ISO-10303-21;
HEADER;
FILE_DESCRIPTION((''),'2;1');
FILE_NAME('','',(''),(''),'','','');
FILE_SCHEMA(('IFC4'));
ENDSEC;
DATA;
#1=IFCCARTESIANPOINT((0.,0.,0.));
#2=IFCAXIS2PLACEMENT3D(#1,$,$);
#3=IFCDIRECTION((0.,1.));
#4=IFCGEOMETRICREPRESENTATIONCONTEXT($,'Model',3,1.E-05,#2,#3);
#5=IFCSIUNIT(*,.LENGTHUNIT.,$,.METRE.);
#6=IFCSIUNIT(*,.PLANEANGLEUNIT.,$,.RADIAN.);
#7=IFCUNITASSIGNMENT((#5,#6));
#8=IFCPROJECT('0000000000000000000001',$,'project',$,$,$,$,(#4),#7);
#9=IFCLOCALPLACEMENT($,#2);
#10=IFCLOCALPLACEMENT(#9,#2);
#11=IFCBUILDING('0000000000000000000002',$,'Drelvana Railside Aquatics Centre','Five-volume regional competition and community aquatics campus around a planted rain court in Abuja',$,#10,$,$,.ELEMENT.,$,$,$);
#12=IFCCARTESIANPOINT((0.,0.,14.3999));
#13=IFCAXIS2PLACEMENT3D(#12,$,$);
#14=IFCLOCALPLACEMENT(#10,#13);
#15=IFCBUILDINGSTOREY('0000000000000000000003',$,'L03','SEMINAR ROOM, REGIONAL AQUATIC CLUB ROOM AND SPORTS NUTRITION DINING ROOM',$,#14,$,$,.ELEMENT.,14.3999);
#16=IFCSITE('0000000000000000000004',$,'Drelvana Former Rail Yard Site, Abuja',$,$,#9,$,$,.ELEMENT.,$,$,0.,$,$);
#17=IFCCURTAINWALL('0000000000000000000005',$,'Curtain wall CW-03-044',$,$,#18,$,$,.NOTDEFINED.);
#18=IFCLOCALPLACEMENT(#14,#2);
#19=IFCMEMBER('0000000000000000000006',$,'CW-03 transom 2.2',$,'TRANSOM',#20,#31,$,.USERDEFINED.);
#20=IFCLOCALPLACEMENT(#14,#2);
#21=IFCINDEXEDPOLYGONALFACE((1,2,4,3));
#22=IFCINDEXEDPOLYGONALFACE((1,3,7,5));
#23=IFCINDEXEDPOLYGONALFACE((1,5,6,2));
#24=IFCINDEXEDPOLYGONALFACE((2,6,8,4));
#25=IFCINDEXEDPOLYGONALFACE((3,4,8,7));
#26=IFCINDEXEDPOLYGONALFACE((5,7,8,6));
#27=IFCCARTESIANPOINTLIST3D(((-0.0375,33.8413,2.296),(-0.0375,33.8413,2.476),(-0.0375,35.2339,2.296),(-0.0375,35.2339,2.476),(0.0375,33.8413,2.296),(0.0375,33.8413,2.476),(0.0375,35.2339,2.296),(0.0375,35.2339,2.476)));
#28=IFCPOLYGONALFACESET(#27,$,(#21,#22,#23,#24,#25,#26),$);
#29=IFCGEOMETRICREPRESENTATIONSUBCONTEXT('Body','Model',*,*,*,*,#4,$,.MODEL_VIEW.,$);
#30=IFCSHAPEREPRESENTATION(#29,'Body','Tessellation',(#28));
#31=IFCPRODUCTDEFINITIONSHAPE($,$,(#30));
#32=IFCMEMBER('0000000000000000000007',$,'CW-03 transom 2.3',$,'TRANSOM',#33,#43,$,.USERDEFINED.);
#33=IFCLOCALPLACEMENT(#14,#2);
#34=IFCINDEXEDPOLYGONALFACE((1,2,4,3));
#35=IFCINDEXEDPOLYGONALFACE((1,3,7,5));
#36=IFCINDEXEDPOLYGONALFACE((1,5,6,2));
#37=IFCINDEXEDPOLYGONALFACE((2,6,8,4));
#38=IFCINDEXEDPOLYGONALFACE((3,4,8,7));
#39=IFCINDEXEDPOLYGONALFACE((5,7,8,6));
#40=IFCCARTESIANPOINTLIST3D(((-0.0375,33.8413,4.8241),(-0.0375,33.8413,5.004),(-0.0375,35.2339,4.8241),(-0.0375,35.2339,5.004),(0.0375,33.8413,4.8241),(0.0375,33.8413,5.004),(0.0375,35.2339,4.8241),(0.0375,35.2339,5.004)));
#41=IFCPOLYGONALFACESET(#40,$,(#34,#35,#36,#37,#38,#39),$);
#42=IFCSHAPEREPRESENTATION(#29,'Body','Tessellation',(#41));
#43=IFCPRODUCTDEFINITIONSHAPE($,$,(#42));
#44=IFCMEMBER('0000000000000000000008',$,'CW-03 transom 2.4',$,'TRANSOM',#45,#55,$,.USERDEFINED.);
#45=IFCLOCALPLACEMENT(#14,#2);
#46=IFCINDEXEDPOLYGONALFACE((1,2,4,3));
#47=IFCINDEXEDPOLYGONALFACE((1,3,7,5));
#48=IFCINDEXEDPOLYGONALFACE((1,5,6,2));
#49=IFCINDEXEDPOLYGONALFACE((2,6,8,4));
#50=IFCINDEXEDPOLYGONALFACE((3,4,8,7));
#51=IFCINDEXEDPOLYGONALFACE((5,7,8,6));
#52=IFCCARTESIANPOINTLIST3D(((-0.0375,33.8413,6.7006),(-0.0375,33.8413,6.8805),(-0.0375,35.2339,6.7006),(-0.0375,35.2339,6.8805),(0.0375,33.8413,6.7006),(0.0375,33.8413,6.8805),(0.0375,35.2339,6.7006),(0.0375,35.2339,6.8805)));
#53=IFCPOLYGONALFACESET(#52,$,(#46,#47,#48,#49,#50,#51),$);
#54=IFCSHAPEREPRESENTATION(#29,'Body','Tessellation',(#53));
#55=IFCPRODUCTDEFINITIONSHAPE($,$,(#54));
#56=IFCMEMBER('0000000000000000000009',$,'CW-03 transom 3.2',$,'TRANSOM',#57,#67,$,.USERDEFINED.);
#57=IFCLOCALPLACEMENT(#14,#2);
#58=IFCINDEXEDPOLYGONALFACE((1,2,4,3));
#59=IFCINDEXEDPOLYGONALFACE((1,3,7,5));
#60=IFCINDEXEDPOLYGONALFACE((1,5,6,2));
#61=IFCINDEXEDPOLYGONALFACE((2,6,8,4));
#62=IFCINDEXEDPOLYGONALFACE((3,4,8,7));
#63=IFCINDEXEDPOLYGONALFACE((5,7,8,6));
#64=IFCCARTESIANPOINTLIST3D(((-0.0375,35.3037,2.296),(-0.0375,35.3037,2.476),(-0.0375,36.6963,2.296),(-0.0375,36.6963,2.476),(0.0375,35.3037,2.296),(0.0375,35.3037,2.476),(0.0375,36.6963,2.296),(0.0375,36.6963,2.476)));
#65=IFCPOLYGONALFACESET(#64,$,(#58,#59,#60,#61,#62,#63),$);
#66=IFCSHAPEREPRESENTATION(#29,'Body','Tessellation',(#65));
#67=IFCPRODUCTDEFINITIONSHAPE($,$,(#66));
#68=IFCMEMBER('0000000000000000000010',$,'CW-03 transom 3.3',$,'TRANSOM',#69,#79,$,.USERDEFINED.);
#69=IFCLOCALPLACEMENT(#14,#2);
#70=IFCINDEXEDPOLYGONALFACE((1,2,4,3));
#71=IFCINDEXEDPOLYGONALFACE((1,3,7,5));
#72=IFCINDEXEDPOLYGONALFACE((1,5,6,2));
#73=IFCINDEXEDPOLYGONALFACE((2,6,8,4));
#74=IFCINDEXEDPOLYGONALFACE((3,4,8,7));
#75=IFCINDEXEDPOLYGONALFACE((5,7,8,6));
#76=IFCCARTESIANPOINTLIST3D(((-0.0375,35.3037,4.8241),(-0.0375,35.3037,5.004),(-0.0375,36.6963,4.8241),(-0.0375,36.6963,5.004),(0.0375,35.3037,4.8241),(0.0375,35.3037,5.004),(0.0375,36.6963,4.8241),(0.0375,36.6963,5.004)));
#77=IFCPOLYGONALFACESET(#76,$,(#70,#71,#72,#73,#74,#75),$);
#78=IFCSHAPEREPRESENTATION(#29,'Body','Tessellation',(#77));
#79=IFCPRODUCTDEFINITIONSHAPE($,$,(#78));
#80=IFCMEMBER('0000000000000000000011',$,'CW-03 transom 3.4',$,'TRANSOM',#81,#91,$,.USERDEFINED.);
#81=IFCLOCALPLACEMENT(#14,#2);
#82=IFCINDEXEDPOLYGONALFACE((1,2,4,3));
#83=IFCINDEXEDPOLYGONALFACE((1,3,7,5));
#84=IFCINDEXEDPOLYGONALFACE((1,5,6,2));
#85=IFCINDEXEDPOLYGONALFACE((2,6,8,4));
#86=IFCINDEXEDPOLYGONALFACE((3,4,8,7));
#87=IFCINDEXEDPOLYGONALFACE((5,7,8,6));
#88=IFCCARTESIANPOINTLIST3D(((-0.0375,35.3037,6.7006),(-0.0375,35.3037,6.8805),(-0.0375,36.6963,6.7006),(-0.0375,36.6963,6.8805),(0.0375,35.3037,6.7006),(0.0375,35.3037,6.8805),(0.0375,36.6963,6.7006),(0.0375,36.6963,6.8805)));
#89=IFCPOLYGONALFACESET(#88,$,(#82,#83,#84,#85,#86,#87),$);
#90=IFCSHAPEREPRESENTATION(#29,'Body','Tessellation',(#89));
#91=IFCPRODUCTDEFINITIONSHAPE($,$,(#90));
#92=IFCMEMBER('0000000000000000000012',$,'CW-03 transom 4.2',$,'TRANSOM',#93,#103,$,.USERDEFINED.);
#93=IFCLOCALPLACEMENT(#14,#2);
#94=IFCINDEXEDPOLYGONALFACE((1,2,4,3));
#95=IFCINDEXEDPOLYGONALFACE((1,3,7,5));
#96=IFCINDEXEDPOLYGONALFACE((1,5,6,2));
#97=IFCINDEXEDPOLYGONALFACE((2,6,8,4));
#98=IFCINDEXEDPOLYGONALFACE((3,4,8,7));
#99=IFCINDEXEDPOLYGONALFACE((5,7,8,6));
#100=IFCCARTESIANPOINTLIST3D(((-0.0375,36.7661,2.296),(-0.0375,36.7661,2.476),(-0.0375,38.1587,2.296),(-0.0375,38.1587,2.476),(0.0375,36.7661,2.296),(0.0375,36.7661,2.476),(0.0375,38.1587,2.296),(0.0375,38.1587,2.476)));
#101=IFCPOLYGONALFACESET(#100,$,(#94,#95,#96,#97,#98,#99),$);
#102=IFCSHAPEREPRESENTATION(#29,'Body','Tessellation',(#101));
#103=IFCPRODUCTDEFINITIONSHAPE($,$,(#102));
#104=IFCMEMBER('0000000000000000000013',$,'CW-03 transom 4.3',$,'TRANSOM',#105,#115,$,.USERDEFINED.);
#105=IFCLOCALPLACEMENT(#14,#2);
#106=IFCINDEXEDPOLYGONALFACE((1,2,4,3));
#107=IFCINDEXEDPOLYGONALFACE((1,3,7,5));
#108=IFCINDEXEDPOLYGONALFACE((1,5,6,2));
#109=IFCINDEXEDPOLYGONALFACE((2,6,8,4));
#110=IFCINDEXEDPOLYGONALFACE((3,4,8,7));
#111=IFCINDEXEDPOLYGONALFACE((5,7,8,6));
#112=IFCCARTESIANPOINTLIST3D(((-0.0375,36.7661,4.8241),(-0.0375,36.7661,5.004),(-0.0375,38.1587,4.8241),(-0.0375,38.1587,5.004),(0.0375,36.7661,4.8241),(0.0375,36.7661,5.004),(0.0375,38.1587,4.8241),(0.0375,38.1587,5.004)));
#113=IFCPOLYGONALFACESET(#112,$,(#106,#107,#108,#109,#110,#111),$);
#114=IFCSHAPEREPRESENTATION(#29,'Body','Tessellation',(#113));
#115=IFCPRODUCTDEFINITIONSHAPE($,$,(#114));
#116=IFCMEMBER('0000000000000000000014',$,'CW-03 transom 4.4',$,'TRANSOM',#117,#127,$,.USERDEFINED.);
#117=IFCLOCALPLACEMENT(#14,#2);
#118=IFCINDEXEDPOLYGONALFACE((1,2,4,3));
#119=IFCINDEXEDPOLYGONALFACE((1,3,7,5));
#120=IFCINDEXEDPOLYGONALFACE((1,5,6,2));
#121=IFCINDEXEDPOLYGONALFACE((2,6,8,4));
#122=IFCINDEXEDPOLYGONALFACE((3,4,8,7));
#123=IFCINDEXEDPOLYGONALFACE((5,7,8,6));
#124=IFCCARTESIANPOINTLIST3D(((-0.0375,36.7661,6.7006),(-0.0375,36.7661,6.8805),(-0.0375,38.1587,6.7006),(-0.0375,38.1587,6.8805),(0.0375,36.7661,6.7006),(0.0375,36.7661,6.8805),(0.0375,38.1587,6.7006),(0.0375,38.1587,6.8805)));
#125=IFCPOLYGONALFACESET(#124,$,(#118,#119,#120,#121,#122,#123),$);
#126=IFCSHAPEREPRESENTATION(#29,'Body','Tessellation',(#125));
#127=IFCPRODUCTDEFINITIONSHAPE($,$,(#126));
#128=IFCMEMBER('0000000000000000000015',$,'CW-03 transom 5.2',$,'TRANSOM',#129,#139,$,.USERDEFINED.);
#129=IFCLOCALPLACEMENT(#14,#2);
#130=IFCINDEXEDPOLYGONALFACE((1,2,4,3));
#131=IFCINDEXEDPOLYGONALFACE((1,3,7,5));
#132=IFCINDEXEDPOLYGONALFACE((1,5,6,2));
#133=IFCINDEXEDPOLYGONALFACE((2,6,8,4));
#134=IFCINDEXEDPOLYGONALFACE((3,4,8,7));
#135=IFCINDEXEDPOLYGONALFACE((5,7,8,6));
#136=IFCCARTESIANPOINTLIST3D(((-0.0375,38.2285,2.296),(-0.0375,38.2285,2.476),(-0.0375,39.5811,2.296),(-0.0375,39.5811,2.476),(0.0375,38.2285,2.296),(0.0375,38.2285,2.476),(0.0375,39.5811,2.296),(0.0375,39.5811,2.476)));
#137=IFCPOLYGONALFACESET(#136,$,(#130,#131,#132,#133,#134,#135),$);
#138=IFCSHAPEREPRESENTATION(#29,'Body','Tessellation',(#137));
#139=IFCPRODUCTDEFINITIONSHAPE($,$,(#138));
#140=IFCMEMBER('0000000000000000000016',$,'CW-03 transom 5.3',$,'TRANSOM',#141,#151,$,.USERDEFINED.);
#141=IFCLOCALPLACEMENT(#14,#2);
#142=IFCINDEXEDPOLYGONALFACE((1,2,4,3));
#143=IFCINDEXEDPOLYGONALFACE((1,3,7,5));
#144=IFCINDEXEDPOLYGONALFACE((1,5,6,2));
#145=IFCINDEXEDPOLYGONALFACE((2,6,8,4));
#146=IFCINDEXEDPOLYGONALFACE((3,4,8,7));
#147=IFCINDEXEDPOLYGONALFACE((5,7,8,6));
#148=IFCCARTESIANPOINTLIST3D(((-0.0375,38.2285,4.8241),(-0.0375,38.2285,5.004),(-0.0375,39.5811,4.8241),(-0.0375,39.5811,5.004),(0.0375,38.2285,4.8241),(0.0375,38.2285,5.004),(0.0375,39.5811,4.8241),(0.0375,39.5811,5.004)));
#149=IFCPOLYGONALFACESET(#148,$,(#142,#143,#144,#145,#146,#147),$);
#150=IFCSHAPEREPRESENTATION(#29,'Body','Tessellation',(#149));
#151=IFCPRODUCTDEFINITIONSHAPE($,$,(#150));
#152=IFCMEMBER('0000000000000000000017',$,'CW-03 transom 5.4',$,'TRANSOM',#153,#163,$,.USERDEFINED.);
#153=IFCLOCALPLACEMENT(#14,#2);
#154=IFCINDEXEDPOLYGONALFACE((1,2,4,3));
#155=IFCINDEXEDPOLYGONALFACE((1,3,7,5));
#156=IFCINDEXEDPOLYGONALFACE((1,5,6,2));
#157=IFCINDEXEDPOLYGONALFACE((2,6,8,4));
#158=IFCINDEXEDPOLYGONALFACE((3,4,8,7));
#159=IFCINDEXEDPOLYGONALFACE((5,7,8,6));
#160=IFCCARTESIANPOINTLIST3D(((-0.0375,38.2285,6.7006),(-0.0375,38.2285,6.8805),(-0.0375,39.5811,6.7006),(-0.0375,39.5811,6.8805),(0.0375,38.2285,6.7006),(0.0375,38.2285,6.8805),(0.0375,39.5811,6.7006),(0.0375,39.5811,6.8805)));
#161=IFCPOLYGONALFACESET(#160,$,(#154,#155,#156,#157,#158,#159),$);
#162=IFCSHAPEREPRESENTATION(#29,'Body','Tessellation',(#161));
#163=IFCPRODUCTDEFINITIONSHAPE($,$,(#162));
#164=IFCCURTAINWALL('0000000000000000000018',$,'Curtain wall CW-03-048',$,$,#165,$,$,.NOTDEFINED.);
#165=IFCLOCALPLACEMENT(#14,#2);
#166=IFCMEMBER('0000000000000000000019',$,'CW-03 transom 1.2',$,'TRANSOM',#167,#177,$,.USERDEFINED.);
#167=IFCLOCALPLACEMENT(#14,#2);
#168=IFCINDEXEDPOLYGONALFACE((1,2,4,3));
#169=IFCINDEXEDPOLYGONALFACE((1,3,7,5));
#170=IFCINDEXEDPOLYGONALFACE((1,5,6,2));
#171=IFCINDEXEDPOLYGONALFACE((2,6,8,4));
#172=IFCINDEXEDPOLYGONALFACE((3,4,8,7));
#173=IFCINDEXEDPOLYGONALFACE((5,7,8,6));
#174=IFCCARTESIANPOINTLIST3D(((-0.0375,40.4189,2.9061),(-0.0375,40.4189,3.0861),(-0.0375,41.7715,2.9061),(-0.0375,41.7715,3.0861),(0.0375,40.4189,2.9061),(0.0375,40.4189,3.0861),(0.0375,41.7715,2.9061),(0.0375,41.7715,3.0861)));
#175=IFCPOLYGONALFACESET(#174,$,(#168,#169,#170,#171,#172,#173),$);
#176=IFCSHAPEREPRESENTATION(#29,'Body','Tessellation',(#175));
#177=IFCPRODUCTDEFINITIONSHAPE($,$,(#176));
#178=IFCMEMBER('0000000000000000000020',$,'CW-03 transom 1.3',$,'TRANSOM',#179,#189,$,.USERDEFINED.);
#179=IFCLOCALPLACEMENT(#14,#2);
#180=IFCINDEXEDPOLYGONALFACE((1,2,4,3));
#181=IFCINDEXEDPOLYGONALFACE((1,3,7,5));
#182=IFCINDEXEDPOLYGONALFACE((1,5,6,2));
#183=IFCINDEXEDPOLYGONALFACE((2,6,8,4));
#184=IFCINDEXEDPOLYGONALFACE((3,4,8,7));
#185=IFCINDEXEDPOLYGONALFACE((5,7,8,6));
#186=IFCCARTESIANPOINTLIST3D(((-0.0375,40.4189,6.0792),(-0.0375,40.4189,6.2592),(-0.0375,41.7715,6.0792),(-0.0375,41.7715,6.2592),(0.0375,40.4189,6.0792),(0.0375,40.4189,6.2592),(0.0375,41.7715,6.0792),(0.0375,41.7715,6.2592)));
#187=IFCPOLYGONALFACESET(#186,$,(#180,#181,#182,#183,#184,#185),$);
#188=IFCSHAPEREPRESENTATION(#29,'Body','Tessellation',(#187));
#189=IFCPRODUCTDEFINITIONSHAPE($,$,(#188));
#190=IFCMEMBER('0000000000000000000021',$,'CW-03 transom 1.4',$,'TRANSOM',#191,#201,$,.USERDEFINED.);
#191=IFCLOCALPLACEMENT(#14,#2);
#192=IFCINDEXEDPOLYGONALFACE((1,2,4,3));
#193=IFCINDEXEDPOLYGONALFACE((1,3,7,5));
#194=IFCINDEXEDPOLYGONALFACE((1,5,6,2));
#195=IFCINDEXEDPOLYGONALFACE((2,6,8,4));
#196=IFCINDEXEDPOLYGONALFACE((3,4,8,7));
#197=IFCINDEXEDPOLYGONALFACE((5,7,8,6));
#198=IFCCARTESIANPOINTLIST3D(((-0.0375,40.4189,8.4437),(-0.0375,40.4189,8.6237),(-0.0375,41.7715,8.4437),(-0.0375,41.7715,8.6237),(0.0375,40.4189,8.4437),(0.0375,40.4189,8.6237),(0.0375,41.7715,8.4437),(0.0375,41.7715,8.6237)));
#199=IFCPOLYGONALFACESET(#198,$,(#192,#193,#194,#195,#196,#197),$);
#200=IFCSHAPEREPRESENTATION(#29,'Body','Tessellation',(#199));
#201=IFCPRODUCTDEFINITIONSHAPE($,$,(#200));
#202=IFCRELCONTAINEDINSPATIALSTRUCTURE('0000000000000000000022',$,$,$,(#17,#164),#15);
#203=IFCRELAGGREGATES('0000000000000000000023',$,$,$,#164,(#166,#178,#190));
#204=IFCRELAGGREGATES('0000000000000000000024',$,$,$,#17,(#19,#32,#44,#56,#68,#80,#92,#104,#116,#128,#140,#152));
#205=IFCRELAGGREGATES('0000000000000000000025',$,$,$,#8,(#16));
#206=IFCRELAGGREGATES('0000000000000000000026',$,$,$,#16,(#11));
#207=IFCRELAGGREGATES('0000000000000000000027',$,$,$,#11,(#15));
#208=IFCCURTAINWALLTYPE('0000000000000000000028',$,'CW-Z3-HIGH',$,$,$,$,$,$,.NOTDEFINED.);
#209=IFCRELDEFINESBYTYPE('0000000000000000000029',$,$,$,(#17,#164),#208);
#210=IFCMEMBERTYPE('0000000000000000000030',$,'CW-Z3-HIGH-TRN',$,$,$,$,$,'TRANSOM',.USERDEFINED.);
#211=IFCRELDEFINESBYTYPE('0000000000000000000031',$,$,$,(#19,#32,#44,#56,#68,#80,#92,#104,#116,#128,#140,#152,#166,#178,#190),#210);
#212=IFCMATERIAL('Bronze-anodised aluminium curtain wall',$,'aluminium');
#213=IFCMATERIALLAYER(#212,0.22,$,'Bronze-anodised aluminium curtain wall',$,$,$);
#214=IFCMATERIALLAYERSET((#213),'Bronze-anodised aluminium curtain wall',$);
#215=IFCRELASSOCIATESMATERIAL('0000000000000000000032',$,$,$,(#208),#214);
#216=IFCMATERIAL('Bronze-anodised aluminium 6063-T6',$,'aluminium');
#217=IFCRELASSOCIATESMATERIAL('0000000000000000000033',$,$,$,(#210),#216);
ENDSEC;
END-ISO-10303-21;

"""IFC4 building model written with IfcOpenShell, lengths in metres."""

from ifc_helpers import new_model, si_unit, direction, frame, origin, origin_2d, place, context, subcontext, project, spatial, rectangle, extrude, material, layer, layer_set, material_profile, profile_set, type_object, element, aggregate, save


model = new_model("IFC4")

# Units and contexts
model_context = context("Model", 3, precision=1e-05, world=origin(), true_north=direction((0.0, 1.0)))
body_context = subcontext(model_context, "Body", "Model", "MODEL_VIEW")
ifc_project = project(units=[si_unit("LENGTHUNIT", "METRE"), si_unit("PLANEANGLEUNIT", "RADIAN")], contexts=[model_context])

# Site, building, storey
site_placement = place(None, origin())
site = spatial("IfcSite", under=ifc_project, at=site_placement, Name="Drelvana Former Rail Yard Site, Abuja", CompositionType="ELEMENT", RefElevation=0.0)
building_placement = place(site_placement, origin())
building = spatial("IfcBuilding", under=site, at=building_placement, Name="Drelvana Railside Aquatics Centre", Description="Five-volume regional competition and community aquatics campus around a planted rain court in Abuja", CompositionType="ELEMENT")
storey_placement = place(building_placement, frame((0.0, 0.0, 14.3999)))
storey = spatial("IfcBuildingStorey", under=building, at=storey_placement, Name="L03", Description="SEMINAR ROOM, REGIONAL AQUATIC CLUB ROOM AND SPORTS NUTRITION DINING ROOM", CompositionType="ELEMENT", Elevation=14.3999)

# Curtain walls, members
ifc_material_1 = material(Name="Bronze-anodised aluminium curtain wall", Category="aluminium")
ifc_layer_1 = layer(ifc_material_1, 0.22, Name="Bronze-anodised aluminium curtain wall")
ifc_layer_set_1 = layer_set([ifc_layer_1], Name="Bronze-anodised aluminium curtain wall")
curtain_wall_type = type_object("IfcCurtainWallType", Name="CW-Z3-HIGH", PredefinedType="NOTDEFINED", material=ifc_layer_set_1)
curtain_wall_1_placement = place(storey_placement, origin())
curtain_wall_1 = element("IfcCurtainWall", 1, at=curtain_wall_1_placement, inside=storey, type_object=curtain_wall_type, Name="Curtain wall CW-03-044", PredefinedType="NOTDEFINED")
ifc_material_2 = material(Name="Bronze-anodised aluminium 6063-T6", Category="aluminium")
ifc_material_profile = material_profile(ifc_material_2, rectangle(XDim=0.1799, YDim=0.075, at=origin_2d()), Name="ALU-T 75x180")
ifc_profile_set = profile_set([ifc_material_profile], Name="Bronze-anodised aluminium 6063-T6")
member_type = type_object("IfcMemberType", Name="CW-Z3-HIGH-TRN", ElementType="TRANSOM", PredefinedType="USERDEFINED", material=ifc_profile_set)
member_1_placement = place(storey_placement, frame((0.0, 33.8413, 2.386), z_axis=(0.0, 1.0, 0.0), x_axis=(0.0, 0.0, 1.0)))
member_1 = element("IfcMember", 2, at=member_1_placement, type_object=member_type, Name="CW-03 transom 2.2", ObjectType="TRANSOM", PredefinedType="USERDEFINED", context=body_context, shape_type="SweptSolid", body=[
    extrude(rectangle(XDim=0.1799, YDim=0.075, at=origin_2d()), origin(), (0.0, 0.0, 1.0), 1.3926),
])
member_2_placement = place(storey_placement, frame((0.0, 33.8413, 4.9141), z_axis=(0.0, 1.0, 0.0), x_axis=(0.0, 0.0, 1.0)))
member_2 = element("IfcMember", 3, at=member_2_placement, type_object=member_type, Name="CW-03 transom 2.3", ObjectType="TRANSOM", PredefinedType="USERDEFINED", context=body_context, shape_type="SweptSolid", body=[
    extrude(rectangle(XDim=0.1799, YDim=0.075, at=origin_2d()), origin(), (0.0, 0.0, 1.0), 1.3926),
])
member_3_placement = place(storey_placement, frame((0.0, 33.8413, 6.7905), z_axis=(0.0, 1.0, 0.0), x_axis=(0.0, 0.0, 1.0)))
member_3 = element("IfcMember", 4, at=member_3_placement, type_object=member_type, Name="CW-03 transom 2.4", ObjectType="TRANSOM", PredefinedType="USERDEFINED", context=body_context, shape_type="SweptSolid", body=[
    extrude(rectangle(XDim=0.1799, YDim=0.075, at=origin_2d()), origin(), (0.0, 0.0, 1.0), 1.3926),
])
member_4_placement = place(storey_placement, frame((0.0, 35.3037, 2.386), z_axis=(0.0, 1.0, 0.0), x_axis=(0.0, 0.0, 1.0)))
member_4 = element("IfcMember", 5, at=member_4_placement, type_object=member_type, Name="CW-03 transom 3.2", ObjectType="TRANSOM", PredefinedType="USERDEFINED", context=body_context, shape_type="SweptSolid", body=[
    extrude(rectangle(XDim=0.1799, YDim=0.075, at=origin_2d()), origin(), (0.0, 0.0, 1.0), 1.3926),
])
member_5_placement = place(storey_placement, frame((0.0, 35.3037, 4.9141), z_axis=(0.0, 1.0, 0.0), x_axis=(0.0, 0.0, 1.0)))
member_5 = element("IfcMember", 6, at=member_5_placement, type_object=member_type, Name="CW-03 transom 3.3", ObjectType="TRANSOM", PredefinedType="USERDEFINED", context=body_context, shape_type="SweptSolid", body=[
    extrude(rectangle(XDim=0.1799, YDim=0.075, at=origin_2d()), origin(), (0.0, 0.0, 1.0), 1.3926),
])
member_6_placement = place(storey_placement, frame((0.0, 35.3037, 6.7905), z_axis=(0.0, 1.0, 0.0), x_axis=(0.0, 0.0, 1.0)))
member_6 = element("IfcMember", 7, at=member_6_placement, type_object=member_type, Name="CW-03 transom 3.4", ObjectType="TRANSOM", PredefinedType="USERDEFINED", context=body_context, shape_type="SweptSolid", body=[
    extrude(rectangle(XDim=0.1799, YDim=0.075, at=origin_2d()), origin(), (0.0, 0.0, 1.0), 1.3926),
])
member_7_placement = place(storey_placement, frame((0.0, 36.7661, 2.386), z_axis=(0.0, 1.0, 0.0), x_axis=(0.0, 0.0, 1.0)))
member_7 = element("IfcMember", 8, at=member_7_placement, type_object=member_type, Name="CW-03 transom 4.2", ObjectType="TRANSOM", PredefinedType="USERDEFINED", context=body_context, shape_type="SweptSolid", body=[
    extrude(rectangle(XDim=0.1799, YDim=0.075, at=origin_2d()), origin(), (0.0, 0.0, 1.0), 1.3926),
])
member_8_placement = place(storey_placement, frame((0.0, 36.7661, 4.9141), z_axis=(0.0, 1.0, 0.0), x_axis=(0.0, 0.0, 1.0)))
member_8 = element("IfcMember", 9, at=member_8_placement, type_object=member_type, Name="CW-03 transom 4.3", ObjectType="TRANSOM", PredefinedType="USERDEFINED", context=body_context, shape_type="SweptSolid", body=[
    extrude(rectangle(XDim=0.1799, YDim=0.075, at=origin_2d()), origin(), (0.0, 0.0, 1.0), 1.3926),
])
member_9_placement = place(storey_placement, frame((0.0, 36.7661, 6.7905), z_axis=(0.0, 1.0, 0.0), x_axis=(0.0, 0.0, 1.0)))
member_9 = element("IfcMember", 10, at=member_9_placement, type_object=member_type, Name="CW-03 transom 4.4", ObjectType="TRANSOM", PredefinedType="USERDEFINED", context=body_context, shape_type="SweptSolid", body=[
    extrude(rectangle(XDim=0.1799, YDim=0.075, at=origin_2d()), origin(), (0.0, 0.0, 1.0), 1.3926),
])
member_10_placement = place(storey_placement, frame((0.0, 38.2285, 2.386), z_axis=(0.0, 1.0, 0.0), x_axis=(0.0, 0.0, 1.0)))
member_10 = element("IfcMember", 11, at=member_10_placement, type_object=member_type, Name="CW-03 transom 5.2", ObjectType="TRANSOM", PredefinedType="USERDEFINED", context=body_context, shape_type="SweptSolid", body=[
    extrude(rectangle(XDim=0.1799, YDim=0.075, at=origin_2d()), origin(), (0.0, 0.0, 1.0), 1.3525),
])
member_11_placement = place(storey_placement, frame((0.0, 38.2285, 4.9141), z_axis=(0.0, 1.0, 0.0), x_axis=(0.0, 0.0, 1.0)))
member_11 = element("IfcMember", 12, at=member_11_placement, type_object=member_type, Name="CW-03 transom 5.3", ObjectType="TRANSOM", PredefinedType="USERDEFINED", context=body_context, shape_type="SweptSolid", body=[
    extrude(rectangle(XDim=0.1799, YDim=0.075, at=origin_2d()), origin(), (0.0, 0.0, 1.0), 1.3525),
])
member_12_placement = place(storey_placement, frame((0.0, 38.2285, 6.7905), z_axis=(0.0, 1.0, 0.0), x_axis=(0.0, 0.0, 1.0)))
member_12 = element("IfcMember", 13, at=member_12_placement, type_object=member_type, Name="CW-03 transom 5.4", ObjectType="TRANSOM", PredefinedType="USERDEFINED", context=body_context, shape_type="SweptSolid", body=[
    extrude(rectangle(XDim=0.1799, YDim=0.075, at=origin_2d()), origin(), (0.0, 0.0, 1.0), 1.3525),
])
curtain_wall_2_placement = place(storey_placement, origin())
curtain_wall_2 = element("IfcCurtainWall", 14, at=curtain_wall_2_placement, inside=storey, type_object=curtain_wall_type, Name="Curtain wall CW-03-048", PredefinedType="NOTDEFINED")
member_13_placement = place(storey_placement, frame((0.0, 40.4189, 2.9961), z_axis=(0.0, 1.0, 0.0), x_axis=(0.0, 0.0, 1.0)))
member_13 = element("IfcMember", 15, at=member_13_placement, type_object=member_type, Name="CW-03 transom 1.2", ObjectType="TRANSOM", PredefinedType="USERDEFINED", context=body_context, shape_type="SweptSolid", body=[
    extrude(rectangle(XDim=0.1799, YDim=0.075, at=origin_2d()), origin(), (0.0, 0.0, 1.0), 1.3525),
])
member_14_placement = place(storey_placement, frame((0.0, 40.4189, 6.1692), z_axis=(0.0, 1.0, 0.0), x_axis=(0.0, 0.0, 1.0)))
member_14 = element("IfcMember", 16, at=member_14_placement, type_object=member_type, Name="CW-03 transom 1.3", ObjectType="TRANSOM", PredefinedType="USERDEFINED", context=body_context, shape_type="SweptSolid", body=[
    extrude(rectangle(XDim=0.1799, YDim=0.075, at=origin_2d()), origin(), (0.0, 0.0, 1.0), 1.3525),
])
member_15_placement = place(storey_placement, frame((0.0, 40.4189, 8.5337), z_axis=(0.0, 1.0, 0.0), x_axis=(0.0, 0.0, 1.0)))
member_15 = element("IfcMember", 17, at=member_15_placement, type_object=member_type, Name="CW-03 transom 1.4", ObjectType="TRANSOM", PredefinedType="USERDEFINED", context=body_context, shape_type="SweptSolid", body=[
    extrude(rectangle(XDim=0.1799, YDim=0.075, at=origin_2d()), origin(), (0.0, 0.0, 1.0), 1.3525),
])
aggregate(curtain_wall_2, [member_13, member_14, member_15])

aggregate(curtain_wall_1, [member_1, member_2, member_3, member_4, member_5, member_6, member_7, member_8, member_9, member_10, member_11, member_12])

save(model, "model.ifc")
